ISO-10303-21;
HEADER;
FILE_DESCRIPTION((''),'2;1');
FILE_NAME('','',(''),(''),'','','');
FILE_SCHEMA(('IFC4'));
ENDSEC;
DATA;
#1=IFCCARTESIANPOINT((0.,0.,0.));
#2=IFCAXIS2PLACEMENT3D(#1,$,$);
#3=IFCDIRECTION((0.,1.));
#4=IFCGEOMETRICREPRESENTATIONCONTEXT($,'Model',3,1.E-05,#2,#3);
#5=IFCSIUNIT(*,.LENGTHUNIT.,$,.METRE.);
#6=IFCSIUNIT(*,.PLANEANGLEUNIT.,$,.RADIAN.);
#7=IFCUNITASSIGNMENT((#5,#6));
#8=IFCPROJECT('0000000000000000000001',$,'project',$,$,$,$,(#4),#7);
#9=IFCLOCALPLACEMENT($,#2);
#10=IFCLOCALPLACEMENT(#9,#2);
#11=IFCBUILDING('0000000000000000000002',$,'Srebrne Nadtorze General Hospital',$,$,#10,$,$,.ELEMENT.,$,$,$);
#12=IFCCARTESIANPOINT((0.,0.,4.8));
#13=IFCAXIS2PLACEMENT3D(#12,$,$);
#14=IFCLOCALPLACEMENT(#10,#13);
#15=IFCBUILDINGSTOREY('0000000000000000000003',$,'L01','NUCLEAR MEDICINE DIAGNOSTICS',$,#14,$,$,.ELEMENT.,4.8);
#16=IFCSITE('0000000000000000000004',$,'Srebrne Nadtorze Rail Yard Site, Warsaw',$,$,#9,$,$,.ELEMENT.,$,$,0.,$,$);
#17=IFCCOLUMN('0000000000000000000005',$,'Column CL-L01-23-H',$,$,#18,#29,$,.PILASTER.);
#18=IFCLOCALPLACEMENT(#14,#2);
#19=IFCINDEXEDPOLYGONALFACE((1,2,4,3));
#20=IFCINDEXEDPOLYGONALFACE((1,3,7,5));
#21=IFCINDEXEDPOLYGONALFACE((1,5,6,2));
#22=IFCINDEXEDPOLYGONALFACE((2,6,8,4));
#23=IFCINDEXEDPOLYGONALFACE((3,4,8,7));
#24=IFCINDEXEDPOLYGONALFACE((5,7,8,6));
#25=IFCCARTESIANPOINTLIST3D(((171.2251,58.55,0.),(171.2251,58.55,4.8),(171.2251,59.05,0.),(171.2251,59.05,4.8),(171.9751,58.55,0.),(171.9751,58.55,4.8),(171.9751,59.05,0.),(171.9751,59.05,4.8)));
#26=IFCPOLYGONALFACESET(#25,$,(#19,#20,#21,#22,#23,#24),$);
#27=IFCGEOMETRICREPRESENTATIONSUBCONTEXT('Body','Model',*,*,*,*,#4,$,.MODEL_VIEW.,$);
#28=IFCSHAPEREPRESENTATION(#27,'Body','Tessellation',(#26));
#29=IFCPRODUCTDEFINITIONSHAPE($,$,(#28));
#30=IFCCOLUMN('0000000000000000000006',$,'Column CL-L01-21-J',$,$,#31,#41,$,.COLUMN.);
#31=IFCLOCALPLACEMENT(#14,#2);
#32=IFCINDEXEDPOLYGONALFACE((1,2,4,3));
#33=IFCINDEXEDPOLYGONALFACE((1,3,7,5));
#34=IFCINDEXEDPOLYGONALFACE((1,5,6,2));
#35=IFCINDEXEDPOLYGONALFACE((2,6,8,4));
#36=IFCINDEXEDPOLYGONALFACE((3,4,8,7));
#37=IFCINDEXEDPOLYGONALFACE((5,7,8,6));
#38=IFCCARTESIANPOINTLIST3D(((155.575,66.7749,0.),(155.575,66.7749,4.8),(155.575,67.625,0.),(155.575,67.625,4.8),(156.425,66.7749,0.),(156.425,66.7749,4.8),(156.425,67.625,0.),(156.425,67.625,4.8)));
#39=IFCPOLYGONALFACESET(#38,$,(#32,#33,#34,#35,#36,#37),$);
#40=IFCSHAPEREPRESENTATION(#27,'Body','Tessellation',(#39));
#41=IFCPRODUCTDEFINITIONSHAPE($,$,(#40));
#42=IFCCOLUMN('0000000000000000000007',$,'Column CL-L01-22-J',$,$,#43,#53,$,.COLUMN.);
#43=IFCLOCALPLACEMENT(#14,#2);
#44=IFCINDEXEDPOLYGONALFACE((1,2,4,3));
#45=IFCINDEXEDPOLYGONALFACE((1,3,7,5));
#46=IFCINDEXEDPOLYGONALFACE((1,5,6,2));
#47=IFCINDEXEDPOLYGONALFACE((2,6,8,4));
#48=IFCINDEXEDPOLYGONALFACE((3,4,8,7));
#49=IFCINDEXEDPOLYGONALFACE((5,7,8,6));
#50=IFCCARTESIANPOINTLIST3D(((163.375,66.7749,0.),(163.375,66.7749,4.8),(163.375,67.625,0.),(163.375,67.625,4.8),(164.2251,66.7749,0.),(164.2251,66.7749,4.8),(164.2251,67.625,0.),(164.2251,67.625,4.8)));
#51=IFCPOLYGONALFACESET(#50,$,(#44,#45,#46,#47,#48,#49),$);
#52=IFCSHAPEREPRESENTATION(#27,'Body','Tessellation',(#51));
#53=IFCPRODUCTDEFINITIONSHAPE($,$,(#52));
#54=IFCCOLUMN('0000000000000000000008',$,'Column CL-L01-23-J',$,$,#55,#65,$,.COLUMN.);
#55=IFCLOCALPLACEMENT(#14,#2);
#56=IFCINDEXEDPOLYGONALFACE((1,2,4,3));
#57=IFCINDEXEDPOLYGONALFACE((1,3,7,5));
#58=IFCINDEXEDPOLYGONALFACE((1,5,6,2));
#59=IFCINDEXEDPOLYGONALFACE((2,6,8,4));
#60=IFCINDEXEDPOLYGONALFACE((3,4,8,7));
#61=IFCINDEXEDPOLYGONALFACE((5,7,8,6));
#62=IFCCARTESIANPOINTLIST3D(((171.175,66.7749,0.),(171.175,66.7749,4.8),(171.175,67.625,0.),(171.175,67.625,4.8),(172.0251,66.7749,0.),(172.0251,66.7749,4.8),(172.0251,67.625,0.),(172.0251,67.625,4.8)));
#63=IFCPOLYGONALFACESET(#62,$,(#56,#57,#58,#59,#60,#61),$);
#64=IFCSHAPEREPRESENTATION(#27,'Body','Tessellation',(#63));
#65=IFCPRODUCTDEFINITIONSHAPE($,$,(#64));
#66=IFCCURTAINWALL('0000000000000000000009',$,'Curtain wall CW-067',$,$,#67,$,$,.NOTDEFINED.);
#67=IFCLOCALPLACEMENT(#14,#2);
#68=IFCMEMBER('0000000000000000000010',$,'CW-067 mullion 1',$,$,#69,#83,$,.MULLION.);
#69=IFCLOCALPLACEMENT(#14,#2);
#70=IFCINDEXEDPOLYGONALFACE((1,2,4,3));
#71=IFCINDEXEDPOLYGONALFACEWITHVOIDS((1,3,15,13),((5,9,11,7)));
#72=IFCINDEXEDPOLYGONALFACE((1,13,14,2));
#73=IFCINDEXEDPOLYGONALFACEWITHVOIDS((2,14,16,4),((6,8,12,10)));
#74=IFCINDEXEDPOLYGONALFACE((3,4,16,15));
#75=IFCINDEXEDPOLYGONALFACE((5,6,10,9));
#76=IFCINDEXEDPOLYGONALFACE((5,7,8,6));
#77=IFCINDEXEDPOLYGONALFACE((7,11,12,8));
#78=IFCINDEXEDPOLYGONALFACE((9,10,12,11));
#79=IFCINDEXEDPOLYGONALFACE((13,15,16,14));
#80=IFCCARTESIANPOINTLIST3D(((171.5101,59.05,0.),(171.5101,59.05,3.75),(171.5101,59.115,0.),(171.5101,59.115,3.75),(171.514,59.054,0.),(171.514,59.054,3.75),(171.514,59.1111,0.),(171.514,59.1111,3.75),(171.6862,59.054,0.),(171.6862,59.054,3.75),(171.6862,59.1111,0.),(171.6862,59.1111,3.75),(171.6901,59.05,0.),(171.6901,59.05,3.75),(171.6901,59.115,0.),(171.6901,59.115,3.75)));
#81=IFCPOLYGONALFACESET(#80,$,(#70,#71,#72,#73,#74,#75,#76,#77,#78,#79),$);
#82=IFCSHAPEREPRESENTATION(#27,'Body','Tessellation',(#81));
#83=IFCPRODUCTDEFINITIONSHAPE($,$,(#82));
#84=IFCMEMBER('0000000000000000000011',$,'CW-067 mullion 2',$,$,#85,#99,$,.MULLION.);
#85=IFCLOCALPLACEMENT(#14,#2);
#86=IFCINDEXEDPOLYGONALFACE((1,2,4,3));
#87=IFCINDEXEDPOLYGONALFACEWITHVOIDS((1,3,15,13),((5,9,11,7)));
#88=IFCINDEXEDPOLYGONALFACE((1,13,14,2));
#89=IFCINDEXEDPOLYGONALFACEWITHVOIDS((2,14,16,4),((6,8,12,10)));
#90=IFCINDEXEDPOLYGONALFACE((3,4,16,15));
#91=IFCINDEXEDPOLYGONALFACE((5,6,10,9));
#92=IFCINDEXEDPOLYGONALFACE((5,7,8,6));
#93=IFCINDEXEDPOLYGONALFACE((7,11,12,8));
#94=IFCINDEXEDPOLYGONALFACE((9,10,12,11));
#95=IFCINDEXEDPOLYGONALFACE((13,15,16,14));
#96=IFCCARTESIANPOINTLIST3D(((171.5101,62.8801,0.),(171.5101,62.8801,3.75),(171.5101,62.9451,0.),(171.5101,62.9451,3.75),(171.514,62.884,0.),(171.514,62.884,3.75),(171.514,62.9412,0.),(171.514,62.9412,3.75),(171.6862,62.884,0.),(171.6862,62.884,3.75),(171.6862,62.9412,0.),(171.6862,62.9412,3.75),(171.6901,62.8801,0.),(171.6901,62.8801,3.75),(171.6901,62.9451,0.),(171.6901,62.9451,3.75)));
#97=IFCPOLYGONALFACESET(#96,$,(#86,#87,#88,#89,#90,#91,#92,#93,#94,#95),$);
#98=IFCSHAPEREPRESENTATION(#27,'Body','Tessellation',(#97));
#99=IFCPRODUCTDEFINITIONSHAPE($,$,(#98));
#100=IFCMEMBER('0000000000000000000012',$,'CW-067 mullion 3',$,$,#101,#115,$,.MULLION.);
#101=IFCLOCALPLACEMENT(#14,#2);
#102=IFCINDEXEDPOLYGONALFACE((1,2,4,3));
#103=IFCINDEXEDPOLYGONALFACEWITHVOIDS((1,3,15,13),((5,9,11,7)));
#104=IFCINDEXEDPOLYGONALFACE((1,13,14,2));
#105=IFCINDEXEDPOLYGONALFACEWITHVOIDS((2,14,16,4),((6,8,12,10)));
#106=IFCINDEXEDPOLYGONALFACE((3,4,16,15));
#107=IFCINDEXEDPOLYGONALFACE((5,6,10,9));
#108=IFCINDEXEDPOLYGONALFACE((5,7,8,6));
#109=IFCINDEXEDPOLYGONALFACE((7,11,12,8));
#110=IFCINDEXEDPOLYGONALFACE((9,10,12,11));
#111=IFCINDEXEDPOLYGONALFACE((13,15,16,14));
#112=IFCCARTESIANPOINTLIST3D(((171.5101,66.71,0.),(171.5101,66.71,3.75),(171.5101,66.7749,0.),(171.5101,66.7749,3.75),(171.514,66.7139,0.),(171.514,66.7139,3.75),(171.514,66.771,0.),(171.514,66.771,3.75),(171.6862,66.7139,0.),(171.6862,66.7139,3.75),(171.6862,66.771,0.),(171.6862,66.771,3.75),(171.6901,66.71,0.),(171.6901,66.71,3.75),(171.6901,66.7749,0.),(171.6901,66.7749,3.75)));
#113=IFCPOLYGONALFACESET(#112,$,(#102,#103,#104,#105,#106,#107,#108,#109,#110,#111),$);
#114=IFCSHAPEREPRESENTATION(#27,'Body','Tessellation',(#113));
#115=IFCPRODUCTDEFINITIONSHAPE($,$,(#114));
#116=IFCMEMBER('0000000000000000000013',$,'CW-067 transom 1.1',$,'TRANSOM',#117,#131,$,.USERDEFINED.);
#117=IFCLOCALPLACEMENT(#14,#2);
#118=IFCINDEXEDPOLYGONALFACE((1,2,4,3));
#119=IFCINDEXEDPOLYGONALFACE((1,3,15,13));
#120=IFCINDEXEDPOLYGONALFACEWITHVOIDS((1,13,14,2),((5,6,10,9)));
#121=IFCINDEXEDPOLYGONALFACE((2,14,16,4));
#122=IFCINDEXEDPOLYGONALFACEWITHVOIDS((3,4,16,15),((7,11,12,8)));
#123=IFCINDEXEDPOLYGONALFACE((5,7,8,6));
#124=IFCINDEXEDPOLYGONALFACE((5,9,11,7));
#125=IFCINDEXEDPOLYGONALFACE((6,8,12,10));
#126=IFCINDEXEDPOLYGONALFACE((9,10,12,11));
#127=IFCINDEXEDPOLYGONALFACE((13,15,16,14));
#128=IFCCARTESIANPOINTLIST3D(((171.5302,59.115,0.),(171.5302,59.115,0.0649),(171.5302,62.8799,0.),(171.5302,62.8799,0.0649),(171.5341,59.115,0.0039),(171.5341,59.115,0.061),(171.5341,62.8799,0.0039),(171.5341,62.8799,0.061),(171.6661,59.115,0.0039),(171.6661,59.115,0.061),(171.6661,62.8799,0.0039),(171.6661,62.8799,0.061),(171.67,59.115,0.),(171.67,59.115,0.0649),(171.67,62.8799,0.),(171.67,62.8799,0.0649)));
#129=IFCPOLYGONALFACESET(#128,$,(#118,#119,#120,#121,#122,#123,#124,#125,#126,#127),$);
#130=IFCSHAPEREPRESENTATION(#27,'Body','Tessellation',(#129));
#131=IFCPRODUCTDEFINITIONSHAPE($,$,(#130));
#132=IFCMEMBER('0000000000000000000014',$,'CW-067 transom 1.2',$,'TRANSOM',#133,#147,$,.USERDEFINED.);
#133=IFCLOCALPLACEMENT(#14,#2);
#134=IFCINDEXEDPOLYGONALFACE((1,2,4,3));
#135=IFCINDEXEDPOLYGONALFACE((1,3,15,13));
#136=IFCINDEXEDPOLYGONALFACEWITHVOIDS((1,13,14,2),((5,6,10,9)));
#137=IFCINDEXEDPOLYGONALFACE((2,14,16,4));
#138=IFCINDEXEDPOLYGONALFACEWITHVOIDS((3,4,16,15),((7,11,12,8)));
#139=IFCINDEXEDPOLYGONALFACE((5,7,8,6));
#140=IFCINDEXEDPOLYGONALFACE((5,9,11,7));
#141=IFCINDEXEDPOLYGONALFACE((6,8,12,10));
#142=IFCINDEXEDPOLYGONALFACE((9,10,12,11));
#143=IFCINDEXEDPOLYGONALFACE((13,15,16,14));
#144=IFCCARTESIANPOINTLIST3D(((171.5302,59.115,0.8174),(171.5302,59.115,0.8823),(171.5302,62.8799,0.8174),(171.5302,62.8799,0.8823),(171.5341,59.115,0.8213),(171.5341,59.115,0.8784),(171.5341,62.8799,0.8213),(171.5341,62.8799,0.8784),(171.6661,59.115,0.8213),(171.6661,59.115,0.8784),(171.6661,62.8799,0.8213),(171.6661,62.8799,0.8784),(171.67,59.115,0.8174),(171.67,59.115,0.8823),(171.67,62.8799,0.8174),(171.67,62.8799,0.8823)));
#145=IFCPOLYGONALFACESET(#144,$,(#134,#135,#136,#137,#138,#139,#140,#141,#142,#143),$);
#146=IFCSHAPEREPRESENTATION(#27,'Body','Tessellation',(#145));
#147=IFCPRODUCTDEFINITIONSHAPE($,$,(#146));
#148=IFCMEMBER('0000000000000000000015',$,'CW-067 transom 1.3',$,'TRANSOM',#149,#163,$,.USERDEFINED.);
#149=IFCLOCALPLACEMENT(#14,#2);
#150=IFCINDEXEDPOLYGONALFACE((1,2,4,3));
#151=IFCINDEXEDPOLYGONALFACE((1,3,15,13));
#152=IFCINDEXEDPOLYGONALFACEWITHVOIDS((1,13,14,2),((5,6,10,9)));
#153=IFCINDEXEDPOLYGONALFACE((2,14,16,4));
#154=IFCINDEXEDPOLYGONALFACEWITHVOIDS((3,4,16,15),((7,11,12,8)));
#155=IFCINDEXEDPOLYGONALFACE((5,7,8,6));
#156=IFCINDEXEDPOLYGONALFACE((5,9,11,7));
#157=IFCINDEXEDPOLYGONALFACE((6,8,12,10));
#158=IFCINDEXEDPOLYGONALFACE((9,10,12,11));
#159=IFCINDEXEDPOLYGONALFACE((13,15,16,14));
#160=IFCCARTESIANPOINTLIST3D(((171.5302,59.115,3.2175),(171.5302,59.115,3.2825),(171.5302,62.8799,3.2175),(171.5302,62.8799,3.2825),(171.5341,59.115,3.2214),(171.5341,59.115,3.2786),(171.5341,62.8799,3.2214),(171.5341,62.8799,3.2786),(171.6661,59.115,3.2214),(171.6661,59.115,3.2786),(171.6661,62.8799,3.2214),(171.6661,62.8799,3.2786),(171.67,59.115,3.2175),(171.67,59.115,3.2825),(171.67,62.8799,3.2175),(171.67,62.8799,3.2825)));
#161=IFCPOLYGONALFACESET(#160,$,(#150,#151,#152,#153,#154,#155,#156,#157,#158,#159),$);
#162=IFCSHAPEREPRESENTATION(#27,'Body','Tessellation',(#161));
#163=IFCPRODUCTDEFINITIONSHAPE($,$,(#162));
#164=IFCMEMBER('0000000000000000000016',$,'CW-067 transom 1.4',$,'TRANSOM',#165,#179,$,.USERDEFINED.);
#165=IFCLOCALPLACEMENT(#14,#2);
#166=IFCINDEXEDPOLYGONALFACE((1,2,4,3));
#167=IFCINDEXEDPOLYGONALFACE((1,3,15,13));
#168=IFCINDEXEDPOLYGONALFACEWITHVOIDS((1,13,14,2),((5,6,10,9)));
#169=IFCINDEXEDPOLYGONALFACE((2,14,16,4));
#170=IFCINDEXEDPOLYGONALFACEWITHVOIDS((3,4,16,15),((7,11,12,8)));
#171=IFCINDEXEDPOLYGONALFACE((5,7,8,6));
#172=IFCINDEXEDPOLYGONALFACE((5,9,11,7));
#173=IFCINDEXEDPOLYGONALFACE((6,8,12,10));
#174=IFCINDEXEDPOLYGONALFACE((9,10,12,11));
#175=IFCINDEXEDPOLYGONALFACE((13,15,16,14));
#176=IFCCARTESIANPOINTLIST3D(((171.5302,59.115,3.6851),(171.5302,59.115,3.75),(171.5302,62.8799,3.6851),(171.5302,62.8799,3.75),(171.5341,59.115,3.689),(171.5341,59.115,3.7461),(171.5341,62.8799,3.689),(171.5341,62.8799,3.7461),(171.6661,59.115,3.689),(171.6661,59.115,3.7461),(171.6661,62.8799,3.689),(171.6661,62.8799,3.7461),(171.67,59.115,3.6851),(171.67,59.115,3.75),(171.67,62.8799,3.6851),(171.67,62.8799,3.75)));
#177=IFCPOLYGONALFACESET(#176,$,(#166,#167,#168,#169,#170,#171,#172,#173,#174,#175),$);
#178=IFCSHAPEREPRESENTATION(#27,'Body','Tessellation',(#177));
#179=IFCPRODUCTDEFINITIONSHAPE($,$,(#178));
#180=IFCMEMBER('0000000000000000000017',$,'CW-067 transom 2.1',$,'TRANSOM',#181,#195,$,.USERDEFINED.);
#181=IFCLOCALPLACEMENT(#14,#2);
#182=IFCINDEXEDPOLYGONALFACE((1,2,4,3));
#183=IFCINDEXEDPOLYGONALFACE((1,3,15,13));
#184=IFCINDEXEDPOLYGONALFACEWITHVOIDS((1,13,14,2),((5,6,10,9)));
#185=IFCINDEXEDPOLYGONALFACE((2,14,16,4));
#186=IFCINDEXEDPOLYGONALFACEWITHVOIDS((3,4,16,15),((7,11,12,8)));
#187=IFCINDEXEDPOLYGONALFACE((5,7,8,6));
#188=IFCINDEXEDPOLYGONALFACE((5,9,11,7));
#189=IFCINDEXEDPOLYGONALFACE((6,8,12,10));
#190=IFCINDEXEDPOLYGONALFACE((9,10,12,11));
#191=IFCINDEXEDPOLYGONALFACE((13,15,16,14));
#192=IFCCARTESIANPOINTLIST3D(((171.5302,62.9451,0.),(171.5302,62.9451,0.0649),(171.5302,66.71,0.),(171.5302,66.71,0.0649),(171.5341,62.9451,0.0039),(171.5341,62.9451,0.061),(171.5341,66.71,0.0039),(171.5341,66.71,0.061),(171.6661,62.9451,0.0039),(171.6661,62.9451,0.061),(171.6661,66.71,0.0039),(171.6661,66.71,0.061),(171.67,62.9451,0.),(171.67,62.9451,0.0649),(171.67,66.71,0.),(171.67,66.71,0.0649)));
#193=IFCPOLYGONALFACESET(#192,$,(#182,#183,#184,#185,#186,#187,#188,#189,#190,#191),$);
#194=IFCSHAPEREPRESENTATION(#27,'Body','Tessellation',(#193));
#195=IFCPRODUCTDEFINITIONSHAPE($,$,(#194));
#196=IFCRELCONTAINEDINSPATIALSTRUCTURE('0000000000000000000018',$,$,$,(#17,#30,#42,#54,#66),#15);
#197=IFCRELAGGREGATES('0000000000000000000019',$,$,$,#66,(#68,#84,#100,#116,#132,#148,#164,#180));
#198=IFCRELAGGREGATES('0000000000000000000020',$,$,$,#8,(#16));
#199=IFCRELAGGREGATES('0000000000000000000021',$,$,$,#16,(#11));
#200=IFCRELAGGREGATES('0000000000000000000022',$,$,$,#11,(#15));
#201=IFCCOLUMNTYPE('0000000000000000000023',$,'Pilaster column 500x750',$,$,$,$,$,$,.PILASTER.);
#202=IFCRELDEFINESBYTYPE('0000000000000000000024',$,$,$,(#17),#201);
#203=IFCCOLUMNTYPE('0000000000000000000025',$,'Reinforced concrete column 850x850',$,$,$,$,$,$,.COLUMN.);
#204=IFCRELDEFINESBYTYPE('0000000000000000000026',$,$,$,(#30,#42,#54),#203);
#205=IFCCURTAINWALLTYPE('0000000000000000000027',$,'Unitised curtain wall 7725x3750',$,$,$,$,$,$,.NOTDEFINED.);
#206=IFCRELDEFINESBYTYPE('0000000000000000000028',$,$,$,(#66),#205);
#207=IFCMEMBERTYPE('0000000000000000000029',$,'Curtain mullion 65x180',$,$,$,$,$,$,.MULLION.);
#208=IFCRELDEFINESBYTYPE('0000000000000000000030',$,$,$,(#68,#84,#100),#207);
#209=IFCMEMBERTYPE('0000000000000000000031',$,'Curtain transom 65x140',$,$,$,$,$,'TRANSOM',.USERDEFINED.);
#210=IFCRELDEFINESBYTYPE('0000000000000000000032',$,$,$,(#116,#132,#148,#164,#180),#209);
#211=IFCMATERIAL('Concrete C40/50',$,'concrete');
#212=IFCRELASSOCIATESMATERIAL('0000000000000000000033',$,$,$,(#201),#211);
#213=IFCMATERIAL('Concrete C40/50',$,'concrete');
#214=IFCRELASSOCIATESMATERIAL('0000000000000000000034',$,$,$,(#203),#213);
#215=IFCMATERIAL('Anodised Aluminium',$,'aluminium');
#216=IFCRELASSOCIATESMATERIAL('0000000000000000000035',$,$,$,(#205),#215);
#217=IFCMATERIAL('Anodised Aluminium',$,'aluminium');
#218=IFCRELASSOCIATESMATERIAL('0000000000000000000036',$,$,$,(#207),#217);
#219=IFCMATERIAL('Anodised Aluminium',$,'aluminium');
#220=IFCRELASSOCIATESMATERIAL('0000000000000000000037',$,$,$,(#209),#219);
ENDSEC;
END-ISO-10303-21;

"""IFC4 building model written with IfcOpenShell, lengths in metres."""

from ifc_helpers import new_model, si_unit, direction, frame, origin, origin_2d, place, context, subcontext, project, spatial, rectangle, hollow_rectangle, extrude, material, material_profile, profile_set, type_object, element, aggregate, save


model = new_model("IFC4")

# Units and contexts
model_context = context("Model", 3, precision=1e-05, world=origin(), true_north=direction((0.0, 1.0)))
body_context = subcontext(model_context, "Body", "Model", "MODEL_VIEW")
ifc_project = project(units=[si_unit("LENGTHUNIT", "METRE"), si_unit("PLANEANGLEUNIT", "RADIAN")], contexts=[model_context])

# Site, building, storey
site_placement = place(None, origin())
site = spatial("IfcSite", under=ifc_project, at=site_placement, Name="Srebrne Nadtorze Rail Yard Site, Warsaw", CompositionType="ELEMENT", RefElevation=0.0)
building_placement = place(site_placement, origin())
building = spatial("IfcBuilding", under=site, at=building_placement, Name="Srebrne Nadtorze General Hospital", CompositionType="ELEMENT")
storey_placement = place(building_placement, frame((0.0, 0.0, 4.8)))
storey = spatial("IfcBuildingStorey", under=building, at=storey_placement, Name="L01", Description="NUCLEAR MEDICINE DIAGNOSTICS", CompositionType="ELEMENT", Elevation=4.8)

# Columns
ifc_material_1 = material(Name="Concrete C40/50", Category="concrete")
ifc_material_profile_1 = material_profile(ifc_material_1, rectangle(XDim=0.5, YDim=0.75, at=origin_2d()), Name="RC-PIL-500x750")
ifc_profile_set_1 = profile_set([ifc_material_profile_1], Name="Concrete C40/50")
column_type_1 = type_object("IfcColumnType", Name="Pilaster column 500x750", PredefinedType="PILASTER", material=ifc_profile_set_1)
column_placement = place(storey_placement, frame((171.6001, 58.8, 0.0), z_axis=(0.0, 0.0, 1.0), x_axis=(0.0, 1.0, 0.0)))
element("IfcColumn", 1, at=column_placement, inside=storey, type_object=column_type_1, Name="Column CL-L01-23-H", PredefinedType="PILASTER", context=body_context, shape_type="SweptSolid", body=[
    extrude(rectangle(XDim=0.5, YDim=0.75, at=origin_2d()), origin(), (0.0, 0.0, 1.0), 4.8),
])
ifc_material_2 = material(Name="Concrete C40/50", Category="concrete")
ifc_material_profile_2 = material_profile(ifc_material_2, rectangle(XDim=0.8501, YDim=0.8501, at=origin_2d()), Name="RC-COL-850x850")
ifc_profile_set_2 = profile_set([ifc_material_profile_2], Name="Concrete C40/50")
column_type_2 = type_object("IfcColumnType", Name="Reinforced concrete column 850x850", PredefinedType="COLUMN", material=ifc_profile_set_2)
for number, where, z_axis, x_axis, name in (
    (2, (156.0, 67.2, 0.0), (0.0, 0.0, 1.0), (1.0, 0.0, 0.0), "Column CL-L01-21-J"),
    (3, (163.8, 67.2, 0.0), (0.0, 0.0, 1.0), (1.0, 0.0, 0.0), "Column CL-L01-22-J"),
    (4, (171.6001, 67.2, 0.0), (0.0, 0.0, 1.0), (1.0, 0.0, 0.0), "Column CL-L01-23-J"),
):
    element("IfcColumn", number, at=place(storey_placement, frame(where, z_axis=z_axis, x_axis=x_axis)), inside=storey, type_object=column_type_2, Name=name, PredefinedType="COLUMN", context=body_context, shape_type="SweptSolid", body=[
        extrude(rectangle(XDim=0.8501, YDim=0.8501, at=origin_2d()), origin(), (0.0, 0.0, 1.0), 4.8),
    ])

# Curtain wall, members
ifc_material_3 = material(Name="Anodised Aluminium", Category="aluminium")
curtain_wall_type = type_object("IfcCurtainWallType", Name="Unitised curtain wall 7725x3750", PredefinedType="NOTDEFINED", material=ifc_material_3)
curtain_wall_placement = place(storey_placement, origin())
curtain_wall = element("IfcCurtainWall", 5, at=curtain_wall_placement, inside=storey, type_object=curtain_wall_type, Name="Curtain wall CW-067", PredefinedType="NOTDEFINED")
ifc_material_4 = material(Name="Anodised Aluminium", Category="aluminium")
ifc_material_profile_3 = material_profile(ifc_material_4, hollow_rectangle(XDim=0.0649, YDim=0.1799, WallThickness=0.0039, at=origin_2d()), Name="AL-MUL-65x180")
ifc_profile_set_3 = profile_set([ifc_material_profile_3], Name="Anodised Aluminium")
member_type_1 = type_object("IfcMemberType", Name="Curtain mullion 65x180", PredefinedType="MULLION", material=ifc_profile_set_3)
member_1_placement = place(storey_placement, frame((171.6001, 59.0825, 0.0), z_axis=(0.0, 0.0, 1.0), x_axis=(0.0, 1.0, 0.0)))
member_1 = element("IfcMember", 6, at=member_1_placement, type_object=member_type_1, Name="CW-067 mullion 1", PredefinedType="MULLION", context=body_context, shape_type="SweptSolid", body=[
    extrude(hollow_rectangle(XDim=0.0649, YDim=0.1799, WallThickness=0.0039, at=origin_2d()), origin(), (0.0, 0.0, 1.0), 3.75),
])
member_2_placement = place(storey_placement, frame((171.6001, 62.9126, 0.0), z_axis=(0.0, 0.0, 1.0), x_axis=(0.0, 1.0, 0.0)))
member_2 = element("IfcMember", 7, at=member_2_placement, type_object=member_type_1, Name="CW-067 mullion 2", PredefinedType="MULLION", context=body_context, shape_type="SweptSolid", body=[
    extrude(hollow_rectangle(XDim=0.0649, YDim=0.1799, WallThickness=0.0039, at=origin_2d()), origin(), (0.0, 0.0, 1.0), 3.75),
])
member_3_placement = place(storey_placement, frame((171.6001, 66.7424, 0.0), z_axis=(0.0, 0.0, 1.0), x_axis=(0.0, 1.0, 0.0)))
member_3 = element("IfcMember", 8, at=member_3_placement, type_object=member_type_1, Name="CW-067 mullion 3", PredefinedType="MULLION", context=body_context, shape_type="SweptSolid", body=[
    extrude(hollow_rectangle(XDim=0.0649, YDim=0.1799, WallThickness=0.0039, at=origin_2d()), origin(), (0.0, 0.0, 1.0), 3.75),
])
ifc_material_5 = material(Name="Anodised Aluminium", Category="aluminium")
ifc_material_profile_4 = material_profile(ifc_material_5, hollow_rectangle(XDim=0.0649, YDim=0.1399, WallThickness=0.0039, at=origin_2d()), Name="AL-TRN-65x140")
ifc_profile_set_4 = profile_set([ifc_material_profile_4], Name="Anodised Aluminium")
member_type_2 = type_object("IfcMemberType", Name="Curtain transom 65x140", ElementType="TRANSOM", PredefinedType="USERDEFINED", material=ifc_profile_set_4)
member_4_placement = place(storey_placement, frame((171.6001, 59.115, 0.0325), z_axis=(0.0, 1.0, 0.0), x_axis=(0.0, 0.0, 1.0)))
member_4 = element("IfcMember", 9, at=member_4_placement, type_object=member_type_2, Name="CW-067 transom 1.1", ObjectType="TRANSOM", PredefinedType="USERDEFINED", context=body_context, shape_type="SweptSolid", body=[
    extrude(hollow_rectangle(XDim=0.0649, YDim=0.1399, WallThickness=0.0039, at=origin_2d()), origin(), (0.0, 0.0, 1.0), 3.7649),
])
member_5_placement = place(storey_placement, frame((171.6001, 59.115, 0.8499), z_axis=(0.0, 1.0, 0.0), x_axis=(0.0, 0.0, 1.0)))
member_5 = element("IfcMember", 10, at=member_5_placement, type_object=member_type_2, Name="CW-067 transom 1.2", ObjectType="TRANSOM", PredefinedType="USERDEFINED", context=body_context, shape_type="SweptSolid", body=[
    extrude(hollow_rectangle(XDim=0.0649, YDim=0.1399, WallThickness=0.0039, at=origin_2d()), origin(), (0.0, 0.0, 1.0), 3.7649),
])
member_6_placement = place(storey_placement, frame((171.6001, 59.115, 3.25), z_axis=(0.0, 1.0, 0.0), x_axis=(0.0, 0.0, 1.0)))
member_6 = element("IfcMember", 11, at=member_6_placement, type_object=member_type_2, Name="CW-067 transom 1.3", ObjectType="TRANSOM", PredefinedType="USERDEFINED", context=body_context, shape_type="SweptSolid", body=[
    extrude(hollow_rectangle(XDim=0.0649, YDim=0.1399, WallThickness=0.0039, at=origin_2d()), origin(), (0.0, 0.0, 1.0), 3.7649),
])
member_7_placement = place(storey_placement, frame((171.6001, 59.115, 3.7175), z_axis=(0.0, 1.0, 0.0), x_axis=(0.0, 0.0, 1.0)))
member_7 = element("IfcMember", 12, at=member_7_placement, type_object=member_type_2, Name="CW-067 transom 1.4", ObjectType="TRANSOM", PredefinedType="USERDEFINED", context=body_context, shape_type="SweptSolid", body=[
    extrude(hollow_rectangle(XDim=0.0649, YDim=0.1399, WallThickness=0.0039, at=origin_2d()), origin(), (0.0, 0.0, 1.0), 3.7649),
])
member_8_placement = place(storey_placement, frame((171.6001, 62.9451, 0.0325), z_axis=(0.0, 1.0, 0.0), x_axis=(0.0, 0.0, 1.0)))
member_8 = element("IfcMember", 13, at=member_8_placement, type_object=member_type_2, Name="CW-067 transom 2.1", ObjectType="TRANSOM", PredefinedType="USERDEFINED", context=body_context, shape_type="SweptSolid", body=[
    extrude(hollow_rectangle(XDim=0.0649, YDim=0.1399, WallThickness=0.0039, at=origin_2d()), origin(), (0.0, 0.0, 1.0), 3.7649),
])

aggregate(curtain_wall, [member_1, member_2, member_3, member_4, member_5, member_6, member_7, member_8])

save(model, "model.ifc")
